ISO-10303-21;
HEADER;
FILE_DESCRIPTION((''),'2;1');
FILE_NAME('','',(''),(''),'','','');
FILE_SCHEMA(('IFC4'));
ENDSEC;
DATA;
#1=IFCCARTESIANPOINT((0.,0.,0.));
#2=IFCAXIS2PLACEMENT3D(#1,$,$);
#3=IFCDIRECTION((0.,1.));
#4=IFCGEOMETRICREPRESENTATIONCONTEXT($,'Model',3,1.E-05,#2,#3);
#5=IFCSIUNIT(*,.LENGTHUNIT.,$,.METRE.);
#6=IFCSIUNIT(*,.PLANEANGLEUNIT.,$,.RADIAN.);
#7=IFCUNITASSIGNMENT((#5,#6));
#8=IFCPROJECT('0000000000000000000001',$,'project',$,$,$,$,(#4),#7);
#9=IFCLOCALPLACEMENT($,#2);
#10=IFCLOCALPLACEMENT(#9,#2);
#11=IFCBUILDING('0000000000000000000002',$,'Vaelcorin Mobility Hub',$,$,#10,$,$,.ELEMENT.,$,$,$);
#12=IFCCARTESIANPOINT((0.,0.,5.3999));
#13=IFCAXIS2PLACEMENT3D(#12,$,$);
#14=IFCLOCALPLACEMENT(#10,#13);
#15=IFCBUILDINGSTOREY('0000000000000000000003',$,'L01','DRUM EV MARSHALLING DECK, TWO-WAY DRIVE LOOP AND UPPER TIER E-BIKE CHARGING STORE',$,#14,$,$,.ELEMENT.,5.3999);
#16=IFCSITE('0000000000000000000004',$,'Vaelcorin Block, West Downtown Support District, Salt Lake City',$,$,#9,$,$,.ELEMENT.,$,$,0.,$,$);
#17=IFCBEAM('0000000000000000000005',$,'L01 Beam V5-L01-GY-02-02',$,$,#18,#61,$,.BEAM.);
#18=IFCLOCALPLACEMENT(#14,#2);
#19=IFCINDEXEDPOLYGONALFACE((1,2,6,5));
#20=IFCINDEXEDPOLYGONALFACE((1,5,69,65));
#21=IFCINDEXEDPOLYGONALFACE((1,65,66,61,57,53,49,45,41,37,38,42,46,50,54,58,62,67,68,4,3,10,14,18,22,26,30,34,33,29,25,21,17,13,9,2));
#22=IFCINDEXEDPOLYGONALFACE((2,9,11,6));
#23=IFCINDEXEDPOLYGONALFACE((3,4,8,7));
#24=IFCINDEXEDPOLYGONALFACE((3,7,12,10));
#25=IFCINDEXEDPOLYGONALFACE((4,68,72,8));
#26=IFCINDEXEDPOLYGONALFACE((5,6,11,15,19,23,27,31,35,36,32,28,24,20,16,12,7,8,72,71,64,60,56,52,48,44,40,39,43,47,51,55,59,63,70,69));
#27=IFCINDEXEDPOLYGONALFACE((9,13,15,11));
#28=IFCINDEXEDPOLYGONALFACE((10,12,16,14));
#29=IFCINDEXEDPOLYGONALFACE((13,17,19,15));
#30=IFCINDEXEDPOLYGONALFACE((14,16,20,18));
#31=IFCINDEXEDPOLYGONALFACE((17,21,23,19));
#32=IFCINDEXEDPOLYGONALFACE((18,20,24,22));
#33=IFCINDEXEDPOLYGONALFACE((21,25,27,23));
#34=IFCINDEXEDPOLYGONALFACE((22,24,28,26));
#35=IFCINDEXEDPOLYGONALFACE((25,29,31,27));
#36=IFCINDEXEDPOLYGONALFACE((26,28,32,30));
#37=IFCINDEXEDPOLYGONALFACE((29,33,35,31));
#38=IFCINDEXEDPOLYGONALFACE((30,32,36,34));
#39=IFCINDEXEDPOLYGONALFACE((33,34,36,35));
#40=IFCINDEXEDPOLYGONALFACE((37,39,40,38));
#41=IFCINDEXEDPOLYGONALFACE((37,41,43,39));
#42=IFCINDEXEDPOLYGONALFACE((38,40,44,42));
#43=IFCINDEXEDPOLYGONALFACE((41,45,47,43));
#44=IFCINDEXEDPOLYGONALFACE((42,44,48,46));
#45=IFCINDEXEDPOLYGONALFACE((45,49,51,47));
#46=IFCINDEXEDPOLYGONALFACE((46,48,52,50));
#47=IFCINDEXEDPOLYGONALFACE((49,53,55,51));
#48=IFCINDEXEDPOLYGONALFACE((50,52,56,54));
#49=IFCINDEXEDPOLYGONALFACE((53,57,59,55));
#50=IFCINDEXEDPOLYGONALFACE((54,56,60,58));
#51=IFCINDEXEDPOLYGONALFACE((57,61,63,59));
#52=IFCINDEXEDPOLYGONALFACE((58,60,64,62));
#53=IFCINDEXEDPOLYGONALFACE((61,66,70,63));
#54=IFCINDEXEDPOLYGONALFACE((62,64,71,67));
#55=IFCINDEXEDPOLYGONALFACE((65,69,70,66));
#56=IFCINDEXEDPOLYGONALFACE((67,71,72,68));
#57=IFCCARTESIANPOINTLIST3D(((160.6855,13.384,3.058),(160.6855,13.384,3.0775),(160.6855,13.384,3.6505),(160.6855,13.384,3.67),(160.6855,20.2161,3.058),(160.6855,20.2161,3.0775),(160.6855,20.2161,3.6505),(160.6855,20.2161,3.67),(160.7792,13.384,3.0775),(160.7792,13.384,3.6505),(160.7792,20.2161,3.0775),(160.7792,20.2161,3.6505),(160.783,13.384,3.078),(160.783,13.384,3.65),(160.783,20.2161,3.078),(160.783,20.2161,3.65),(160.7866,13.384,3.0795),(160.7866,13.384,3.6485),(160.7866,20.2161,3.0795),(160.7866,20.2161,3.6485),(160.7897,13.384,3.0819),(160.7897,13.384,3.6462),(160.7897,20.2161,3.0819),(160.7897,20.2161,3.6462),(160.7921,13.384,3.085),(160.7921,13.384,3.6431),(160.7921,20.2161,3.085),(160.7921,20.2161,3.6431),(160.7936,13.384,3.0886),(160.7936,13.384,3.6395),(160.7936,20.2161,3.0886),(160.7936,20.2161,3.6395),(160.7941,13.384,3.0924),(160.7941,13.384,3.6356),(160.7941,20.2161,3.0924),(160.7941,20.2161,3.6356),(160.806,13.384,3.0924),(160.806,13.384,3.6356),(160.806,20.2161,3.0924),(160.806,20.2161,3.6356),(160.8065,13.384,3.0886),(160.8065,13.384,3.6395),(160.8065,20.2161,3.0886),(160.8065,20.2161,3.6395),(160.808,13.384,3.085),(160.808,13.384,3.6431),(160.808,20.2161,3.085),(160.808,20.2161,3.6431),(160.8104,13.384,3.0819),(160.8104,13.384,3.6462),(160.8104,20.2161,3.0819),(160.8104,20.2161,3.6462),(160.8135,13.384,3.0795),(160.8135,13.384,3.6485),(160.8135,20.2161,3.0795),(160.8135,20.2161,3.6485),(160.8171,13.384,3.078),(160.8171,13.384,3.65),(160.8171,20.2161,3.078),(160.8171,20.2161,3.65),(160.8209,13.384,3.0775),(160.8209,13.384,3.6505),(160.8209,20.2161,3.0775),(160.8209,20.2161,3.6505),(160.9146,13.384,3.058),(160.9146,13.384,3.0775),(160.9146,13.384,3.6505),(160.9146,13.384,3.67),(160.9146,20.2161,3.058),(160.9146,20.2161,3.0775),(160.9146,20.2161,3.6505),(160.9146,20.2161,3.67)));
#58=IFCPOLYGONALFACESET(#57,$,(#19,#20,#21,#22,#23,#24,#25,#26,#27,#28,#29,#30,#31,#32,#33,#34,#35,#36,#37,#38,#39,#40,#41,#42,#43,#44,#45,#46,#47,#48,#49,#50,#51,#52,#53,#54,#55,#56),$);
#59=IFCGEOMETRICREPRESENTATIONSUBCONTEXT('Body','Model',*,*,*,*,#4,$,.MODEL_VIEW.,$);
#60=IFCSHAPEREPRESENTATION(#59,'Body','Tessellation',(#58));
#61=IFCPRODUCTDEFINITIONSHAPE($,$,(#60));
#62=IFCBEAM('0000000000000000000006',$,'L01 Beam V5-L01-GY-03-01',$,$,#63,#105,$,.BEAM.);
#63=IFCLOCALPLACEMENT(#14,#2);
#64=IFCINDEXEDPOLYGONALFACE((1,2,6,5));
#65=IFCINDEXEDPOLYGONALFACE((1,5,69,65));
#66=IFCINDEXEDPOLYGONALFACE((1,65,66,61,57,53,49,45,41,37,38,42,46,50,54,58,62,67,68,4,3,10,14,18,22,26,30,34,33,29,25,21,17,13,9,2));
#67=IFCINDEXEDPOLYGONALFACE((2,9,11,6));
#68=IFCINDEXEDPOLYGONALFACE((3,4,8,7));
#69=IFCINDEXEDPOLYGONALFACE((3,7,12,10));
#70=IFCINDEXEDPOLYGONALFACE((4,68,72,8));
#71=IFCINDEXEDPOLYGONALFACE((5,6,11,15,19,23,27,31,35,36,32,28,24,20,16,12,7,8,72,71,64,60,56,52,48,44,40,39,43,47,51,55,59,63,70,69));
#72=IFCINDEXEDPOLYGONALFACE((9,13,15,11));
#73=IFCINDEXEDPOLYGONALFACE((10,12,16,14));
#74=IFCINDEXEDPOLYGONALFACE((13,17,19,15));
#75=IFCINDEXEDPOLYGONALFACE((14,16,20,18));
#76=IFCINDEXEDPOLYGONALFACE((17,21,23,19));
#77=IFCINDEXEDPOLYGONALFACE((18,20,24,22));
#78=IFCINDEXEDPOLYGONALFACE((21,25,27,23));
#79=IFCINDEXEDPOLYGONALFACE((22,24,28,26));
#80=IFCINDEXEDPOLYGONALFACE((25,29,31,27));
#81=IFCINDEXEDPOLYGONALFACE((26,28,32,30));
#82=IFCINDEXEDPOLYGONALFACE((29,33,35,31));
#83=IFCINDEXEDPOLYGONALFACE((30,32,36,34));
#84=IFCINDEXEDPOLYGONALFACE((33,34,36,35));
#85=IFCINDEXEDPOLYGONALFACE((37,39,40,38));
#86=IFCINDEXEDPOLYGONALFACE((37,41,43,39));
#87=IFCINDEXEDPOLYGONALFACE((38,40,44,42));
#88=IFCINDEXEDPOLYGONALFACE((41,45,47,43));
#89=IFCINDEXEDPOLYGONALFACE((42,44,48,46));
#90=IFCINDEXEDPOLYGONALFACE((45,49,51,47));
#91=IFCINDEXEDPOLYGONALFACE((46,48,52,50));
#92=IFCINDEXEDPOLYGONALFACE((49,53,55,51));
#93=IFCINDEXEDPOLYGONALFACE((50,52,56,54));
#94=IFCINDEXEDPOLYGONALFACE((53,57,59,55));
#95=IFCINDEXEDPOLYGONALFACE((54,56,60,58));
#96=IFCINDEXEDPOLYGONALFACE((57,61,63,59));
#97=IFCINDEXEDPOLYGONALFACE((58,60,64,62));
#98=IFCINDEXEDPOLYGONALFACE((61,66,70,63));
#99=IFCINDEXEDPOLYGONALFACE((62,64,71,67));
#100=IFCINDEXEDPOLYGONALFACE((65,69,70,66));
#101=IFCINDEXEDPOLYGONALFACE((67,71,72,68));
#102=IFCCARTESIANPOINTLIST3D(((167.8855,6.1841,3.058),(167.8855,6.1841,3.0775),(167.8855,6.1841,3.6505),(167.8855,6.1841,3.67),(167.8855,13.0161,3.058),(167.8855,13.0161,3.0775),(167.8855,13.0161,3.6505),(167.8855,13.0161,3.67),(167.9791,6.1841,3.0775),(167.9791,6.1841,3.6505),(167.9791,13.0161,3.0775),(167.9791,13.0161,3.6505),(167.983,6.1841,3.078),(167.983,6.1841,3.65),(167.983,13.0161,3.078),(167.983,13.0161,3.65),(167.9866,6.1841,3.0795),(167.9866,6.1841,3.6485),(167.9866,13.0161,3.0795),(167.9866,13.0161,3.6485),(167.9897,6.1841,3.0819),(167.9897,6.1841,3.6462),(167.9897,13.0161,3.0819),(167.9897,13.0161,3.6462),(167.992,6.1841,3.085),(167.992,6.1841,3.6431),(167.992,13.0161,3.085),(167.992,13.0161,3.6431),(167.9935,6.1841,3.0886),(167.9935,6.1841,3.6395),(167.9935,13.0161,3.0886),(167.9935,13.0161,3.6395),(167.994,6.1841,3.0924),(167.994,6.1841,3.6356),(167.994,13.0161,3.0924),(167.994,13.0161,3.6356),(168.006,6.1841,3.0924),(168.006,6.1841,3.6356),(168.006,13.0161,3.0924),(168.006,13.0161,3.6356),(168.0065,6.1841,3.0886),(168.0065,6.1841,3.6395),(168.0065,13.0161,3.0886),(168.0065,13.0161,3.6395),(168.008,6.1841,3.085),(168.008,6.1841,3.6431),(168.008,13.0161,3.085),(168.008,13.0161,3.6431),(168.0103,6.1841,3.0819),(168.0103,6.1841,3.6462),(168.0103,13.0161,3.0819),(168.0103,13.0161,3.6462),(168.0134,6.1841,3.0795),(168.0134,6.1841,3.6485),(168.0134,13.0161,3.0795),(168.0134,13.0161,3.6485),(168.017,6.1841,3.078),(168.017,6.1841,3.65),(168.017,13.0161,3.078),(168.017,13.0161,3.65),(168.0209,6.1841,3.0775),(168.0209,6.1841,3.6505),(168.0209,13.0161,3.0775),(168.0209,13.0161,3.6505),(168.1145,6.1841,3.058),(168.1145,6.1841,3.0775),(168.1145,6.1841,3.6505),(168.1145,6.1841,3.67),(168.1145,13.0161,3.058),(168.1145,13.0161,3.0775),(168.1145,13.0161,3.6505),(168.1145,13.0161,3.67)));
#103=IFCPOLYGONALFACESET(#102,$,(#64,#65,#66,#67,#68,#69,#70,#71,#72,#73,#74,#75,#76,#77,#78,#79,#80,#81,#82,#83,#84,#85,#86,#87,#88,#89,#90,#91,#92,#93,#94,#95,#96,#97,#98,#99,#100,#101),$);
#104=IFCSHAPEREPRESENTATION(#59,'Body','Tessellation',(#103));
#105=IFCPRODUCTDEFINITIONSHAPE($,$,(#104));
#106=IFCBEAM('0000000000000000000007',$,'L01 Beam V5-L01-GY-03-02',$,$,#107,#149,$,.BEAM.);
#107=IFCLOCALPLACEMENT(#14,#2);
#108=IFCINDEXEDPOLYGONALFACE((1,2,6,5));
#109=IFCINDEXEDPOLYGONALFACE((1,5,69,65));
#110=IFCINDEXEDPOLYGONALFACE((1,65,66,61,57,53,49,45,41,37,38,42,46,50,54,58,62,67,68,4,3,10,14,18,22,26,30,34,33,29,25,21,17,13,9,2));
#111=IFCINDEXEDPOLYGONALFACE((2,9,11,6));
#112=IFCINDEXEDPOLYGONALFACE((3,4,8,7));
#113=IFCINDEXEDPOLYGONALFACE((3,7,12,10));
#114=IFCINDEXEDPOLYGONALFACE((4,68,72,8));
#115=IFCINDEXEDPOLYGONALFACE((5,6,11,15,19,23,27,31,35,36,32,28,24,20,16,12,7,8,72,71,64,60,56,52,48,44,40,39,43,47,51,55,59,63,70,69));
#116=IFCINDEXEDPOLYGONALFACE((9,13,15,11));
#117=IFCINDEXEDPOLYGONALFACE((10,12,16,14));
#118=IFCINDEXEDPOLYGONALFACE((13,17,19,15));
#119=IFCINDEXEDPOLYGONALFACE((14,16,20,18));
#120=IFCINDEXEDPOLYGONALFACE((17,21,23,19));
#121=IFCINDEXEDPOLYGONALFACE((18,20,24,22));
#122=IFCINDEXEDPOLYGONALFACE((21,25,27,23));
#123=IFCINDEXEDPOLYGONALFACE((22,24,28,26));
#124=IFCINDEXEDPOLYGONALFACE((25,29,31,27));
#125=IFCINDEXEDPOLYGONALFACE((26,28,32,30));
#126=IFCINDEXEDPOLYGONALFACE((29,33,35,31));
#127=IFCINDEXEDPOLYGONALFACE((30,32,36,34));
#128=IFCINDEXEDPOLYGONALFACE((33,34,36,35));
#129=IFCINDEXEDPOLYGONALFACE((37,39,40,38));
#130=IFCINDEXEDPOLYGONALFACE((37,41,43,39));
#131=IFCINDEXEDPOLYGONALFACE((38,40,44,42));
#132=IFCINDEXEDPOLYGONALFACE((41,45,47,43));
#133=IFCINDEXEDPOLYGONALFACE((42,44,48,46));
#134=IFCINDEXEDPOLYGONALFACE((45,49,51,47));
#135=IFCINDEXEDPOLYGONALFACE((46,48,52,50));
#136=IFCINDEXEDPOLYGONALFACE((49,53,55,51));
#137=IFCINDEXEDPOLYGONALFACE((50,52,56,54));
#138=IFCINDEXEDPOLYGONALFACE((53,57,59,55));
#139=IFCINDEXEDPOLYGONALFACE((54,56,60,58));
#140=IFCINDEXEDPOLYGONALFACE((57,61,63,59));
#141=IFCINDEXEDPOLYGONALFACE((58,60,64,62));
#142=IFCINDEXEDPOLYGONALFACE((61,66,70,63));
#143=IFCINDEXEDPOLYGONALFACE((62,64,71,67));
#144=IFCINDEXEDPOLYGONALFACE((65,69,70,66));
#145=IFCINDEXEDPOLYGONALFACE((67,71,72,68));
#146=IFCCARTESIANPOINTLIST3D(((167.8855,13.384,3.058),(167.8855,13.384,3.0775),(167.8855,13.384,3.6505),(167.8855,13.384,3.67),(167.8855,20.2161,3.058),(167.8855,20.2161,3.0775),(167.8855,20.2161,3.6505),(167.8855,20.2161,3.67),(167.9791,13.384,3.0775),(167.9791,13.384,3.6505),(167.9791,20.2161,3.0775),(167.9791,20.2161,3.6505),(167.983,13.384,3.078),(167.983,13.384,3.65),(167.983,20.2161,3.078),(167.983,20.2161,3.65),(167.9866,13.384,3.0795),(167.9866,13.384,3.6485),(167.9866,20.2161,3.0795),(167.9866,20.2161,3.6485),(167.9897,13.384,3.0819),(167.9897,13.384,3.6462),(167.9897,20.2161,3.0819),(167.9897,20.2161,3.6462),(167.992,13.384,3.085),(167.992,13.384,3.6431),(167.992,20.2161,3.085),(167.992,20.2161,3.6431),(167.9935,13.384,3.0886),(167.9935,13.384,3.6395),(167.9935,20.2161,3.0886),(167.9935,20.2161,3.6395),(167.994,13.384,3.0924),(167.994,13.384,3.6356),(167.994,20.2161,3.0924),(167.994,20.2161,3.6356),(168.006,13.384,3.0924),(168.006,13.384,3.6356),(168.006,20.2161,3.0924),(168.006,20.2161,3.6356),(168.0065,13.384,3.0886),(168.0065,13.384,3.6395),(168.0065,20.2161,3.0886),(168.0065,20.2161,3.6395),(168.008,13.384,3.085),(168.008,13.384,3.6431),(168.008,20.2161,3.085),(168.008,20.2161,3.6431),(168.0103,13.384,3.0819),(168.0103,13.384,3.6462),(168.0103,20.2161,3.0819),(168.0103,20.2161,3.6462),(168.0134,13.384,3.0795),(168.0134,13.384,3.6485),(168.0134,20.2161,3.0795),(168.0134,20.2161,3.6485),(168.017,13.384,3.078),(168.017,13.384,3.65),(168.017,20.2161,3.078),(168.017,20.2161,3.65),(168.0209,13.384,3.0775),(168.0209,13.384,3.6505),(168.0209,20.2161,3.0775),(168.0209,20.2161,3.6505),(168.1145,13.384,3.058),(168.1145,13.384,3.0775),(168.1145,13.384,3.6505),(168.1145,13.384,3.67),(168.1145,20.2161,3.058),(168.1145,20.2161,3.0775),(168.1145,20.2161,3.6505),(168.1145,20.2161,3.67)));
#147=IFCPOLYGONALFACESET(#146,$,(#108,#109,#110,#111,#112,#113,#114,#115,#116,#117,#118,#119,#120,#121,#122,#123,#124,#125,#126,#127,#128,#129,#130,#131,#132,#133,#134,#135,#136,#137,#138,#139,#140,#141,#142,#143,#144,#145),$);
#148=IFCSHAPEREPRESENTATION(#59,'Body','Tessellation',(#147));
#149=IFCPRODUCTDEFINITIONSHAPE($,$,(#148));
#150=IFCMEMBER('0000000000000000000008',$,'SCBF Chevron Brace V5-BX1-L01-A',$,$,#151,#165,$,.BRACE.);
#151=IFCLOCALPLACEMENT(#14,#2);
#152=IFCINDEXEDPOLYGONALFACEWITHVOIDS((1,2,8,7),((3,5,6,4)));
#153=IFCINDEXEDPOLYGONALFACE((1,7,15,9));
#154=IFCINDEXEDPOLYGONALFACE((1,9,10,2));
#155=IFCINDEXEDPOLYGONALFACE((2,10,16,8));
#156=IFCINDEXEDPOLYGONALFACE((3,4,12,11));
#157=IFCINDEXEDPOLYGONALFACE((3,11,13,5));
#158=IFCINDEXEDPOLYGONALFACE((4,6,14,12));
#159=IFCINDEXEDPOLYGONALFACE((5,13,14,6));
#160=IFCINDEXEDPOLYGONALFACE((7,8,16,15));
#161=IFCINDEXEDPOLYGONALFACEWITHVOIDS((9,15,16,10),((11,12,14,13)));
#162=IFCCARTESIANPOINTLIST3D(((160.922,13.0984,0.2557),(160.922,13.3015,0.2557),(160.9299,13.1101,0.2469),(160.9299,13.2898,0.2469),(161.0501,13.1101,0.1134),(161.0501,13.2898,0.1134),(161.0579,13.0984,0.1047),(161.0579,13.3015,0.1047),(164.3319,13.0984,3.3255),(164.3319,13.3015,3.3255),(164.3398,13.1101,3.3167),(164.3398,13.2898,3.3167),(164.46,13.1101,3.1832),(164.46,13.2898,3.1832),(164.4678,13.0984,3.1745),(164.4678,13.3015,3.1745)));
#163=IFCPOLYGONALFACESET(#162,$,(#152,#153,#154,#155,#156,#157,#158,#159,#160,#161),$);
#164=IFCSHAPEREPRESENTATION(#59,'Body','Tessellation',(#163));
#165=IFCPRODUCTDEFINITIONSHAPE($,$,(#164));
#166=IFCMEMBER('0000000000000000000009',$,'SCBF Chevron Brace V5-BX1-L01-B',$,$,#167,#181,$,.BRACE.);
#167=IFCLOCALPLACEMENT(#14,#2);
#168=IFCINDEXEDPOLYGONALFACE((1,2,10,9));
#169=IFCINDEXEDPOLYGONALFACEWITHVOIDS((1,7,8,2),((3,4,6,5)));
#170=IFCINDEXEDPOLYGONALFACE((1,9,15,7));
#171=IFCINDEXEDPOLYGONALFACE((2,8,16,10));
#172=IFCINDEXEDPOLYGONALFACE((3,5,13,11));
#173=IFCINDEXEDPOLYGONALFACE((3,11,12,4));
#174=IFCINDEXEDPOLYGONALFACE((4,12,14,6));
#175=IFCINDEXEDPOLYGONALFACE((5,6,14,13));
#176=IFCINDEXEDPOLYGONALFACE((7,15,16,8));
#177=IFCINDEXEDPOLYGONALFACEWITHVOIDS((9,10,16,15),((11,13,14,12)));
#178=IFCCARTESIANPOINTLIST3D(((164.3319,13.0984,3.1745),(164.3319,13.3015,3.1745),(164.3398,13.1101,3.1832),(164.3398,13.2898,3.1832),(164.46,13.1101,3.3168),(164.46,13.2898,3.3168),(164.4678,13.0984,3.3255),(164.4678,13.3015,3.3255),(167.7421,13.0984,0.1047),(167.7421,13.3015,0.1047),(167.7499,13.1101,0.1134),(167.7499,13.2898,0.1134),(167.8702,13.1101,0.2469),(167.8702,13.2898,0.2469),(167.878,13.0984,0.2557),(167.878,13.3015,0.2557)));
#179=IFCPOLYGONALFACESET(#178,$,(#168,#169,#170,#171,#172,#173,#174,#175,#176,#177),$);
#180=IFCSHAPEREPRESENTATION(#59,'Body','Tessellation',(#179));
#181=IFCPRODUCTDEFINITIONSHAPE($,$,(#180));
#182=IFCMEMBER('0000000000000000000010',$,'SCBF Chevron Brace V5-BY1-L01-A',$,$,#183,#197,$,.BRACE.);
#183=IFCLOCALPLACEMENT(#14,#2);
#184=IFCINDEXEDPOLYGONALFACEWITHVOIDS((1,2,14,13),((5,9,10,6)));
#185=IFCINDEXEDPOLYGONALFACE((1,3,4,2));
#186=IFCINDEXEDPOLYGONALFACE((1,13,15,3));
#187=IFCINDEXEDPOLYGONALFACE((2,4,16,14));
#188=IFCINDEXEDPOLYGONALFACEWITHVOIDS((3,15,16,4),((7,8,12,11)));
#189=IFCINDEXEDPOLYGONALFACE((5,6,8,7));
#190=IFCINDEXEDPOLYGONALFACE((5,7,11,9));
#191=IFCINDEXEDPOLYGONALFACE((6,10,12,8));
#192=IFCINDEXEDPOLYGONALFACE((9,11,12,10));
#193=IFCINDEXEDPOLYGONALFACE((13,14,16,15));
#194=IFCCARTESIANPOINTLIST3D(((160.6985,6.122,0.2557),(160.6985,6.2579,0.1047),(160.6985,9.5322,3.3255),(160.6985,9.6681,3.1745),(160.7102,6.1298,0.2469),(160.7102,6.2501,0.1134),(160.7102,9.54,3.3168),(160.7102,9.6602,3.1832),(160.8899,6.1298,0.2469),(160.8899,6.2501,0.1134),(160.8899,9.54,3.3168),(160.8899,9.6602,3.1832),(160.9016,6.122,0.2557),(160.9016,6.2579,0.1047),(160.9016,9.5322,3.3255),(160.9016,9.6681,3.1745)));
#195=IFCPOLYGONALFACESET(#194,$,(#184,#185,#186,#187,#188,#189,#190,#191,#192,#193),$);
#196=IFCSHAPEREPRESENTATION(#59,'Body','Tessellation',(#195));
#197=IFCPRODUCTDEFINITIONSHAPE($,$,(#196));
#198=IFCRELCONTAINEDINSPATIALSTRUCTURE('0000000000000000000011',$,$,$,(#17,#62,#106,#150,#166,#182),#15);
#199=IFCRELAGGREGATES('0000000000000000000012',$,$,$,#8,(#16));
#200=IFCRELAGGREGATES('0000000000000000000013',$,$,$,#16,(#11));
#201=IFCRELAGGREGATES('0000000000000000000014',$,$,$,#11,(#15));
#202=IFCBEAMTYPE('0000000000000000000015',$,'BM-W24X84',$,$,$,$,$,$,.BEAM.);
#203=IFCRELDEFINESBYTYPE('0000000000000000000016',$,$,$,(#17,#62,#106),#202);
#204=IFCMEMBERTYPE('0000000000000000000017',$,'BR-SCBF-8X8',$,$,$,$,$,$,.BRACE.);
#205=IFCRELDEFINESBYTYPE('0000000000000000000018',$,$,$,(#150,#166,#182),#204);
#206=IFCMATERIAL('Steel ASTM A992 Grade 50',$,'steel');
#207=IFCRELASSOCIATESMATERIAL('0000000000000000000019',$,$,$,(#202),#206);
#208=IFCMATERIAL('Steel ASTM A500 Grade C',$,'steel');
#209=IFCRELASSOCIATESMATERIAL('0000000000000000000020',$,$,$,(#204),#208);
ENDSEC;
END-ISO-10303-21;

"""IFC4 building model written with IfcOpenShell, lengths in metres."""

from ifc_helpers import new_model, si_unit, direction, frame, origin, origin_2d, place, context, subcontext, project, spatial, hollow_rectangle, i_section, extrude, material, material_profile, profile_set, type_object, element, save


model = new_model("IFC4")

# Units and contexts
model_context = context("Model", 3, precision=1e-05, world=origin(), true_north=direction((0.0, 1.0)))
body_context = subcontext(model_context, "Body", "Model", "MODEL_VIEW")
ifc_project = project(units=[si_unit("LENGTHUNIT", "METRE"), si_unit("PLANEANGLEUNIT", "RADIAN")], contexts=[model_context])

# Site, building, storey
site_placement = place(None, origin())
site = spatial("IfcSite", under=ifc_project, at=site_placement, Name="Vaelcorin Block, West Downtown Support District, Salt Lake City", CompositionType="ELEMENT", RefElevation=0.0)
building_placement = place(site_placement, origin())
building = spatial("IfcBuilding", under=site, at=building_placement, Name="Vaelcorin Mobility Hub", CompositionType="ELEMENT")
storey_placement = place(building_placement, frame((0.0, 0.0, 5.3999)))
storey = spatial("IfcBuildingStorey", under=building, at=storey_placement, Name="L01", Description="DRUM EV MARSHALLING DECK, TWO-WAY DRIVE LOOP AND UPPER TIER E-BIKE CHARGING STORE", CompositionType="ELEMENT", Elevation=5.3999)

# Shared definitions
ifc_material_1 = material(Name="Steel ASTM A992 Grade 50", Category="steel")

# Beams
ifc_material_profile_1 = material_profile(ifc_material_1, i_section(OverallWidth=0.229, OverallDepth=0.6121, WebThickness=0.012, FlangeThickness=0.0195, FilletRadius=0.0149, at=origin_2d()), Name="W24X84")
ifc_profile_set_1 = profile_set([ifc_material_profile_1], Name="Steel ASTM A992 Grade 50")
beam_type_1 = type_object("IfcBeamType", Name="BM-W24X84", PredefinedType="BEAM", material=ifc_profile_set_1)
for number, where, z_axis, x_axis, name in (
    (1, (160.8, 13.384, 3.364), (0.0, 1.0, 0.0), (-1.0, 0.0, 0.0), "L01 Beam V5-L01-GY-02-02"),
    (2, (168.0, 6.1841, 3.364), (0.0, 1.0, 0.0), (-1.0, 0.0, 0.0), "L01 Beam V5-L01-GY-03-01"),
    (3, (168.0, 13.384, 3.364), (0.0, 1.0, 0.0), (-1.0, 0.0, 0.0), "L01 Beam V5-L01-GY-03-02"),
):
    element("IfcBeam", number, at=place(storey_placement, frame(where, z_axis=z_axis, x_axis=x_axis)), inside=storey, type_object=beam_type_1, Name=name, PredefinedType="BEAM", context=body_context, shape_type="SweptSolid", body=[
        extrude(i_section(OverallWidth=0.229, OverallDepth=0.6121, WebThickness=0.012, FlangeThickness=0.0195, FilletRadius=0.0149, at=origin_2d()), origin(), (0.0, 0.0, 1.0), 6.832),
    ])

# Members
ifc_material_2 = material(Name="Steel ASTM A500 Grade C", Category="steel")
ifc_material_profile_2 = material_profile(ifc_material_2, hollow_rectangle(XDim=0.2031, YDim=0.2031, WallThickness=0.0117, at=origin_2d()), Name="HSS8X8X0.500")
ifc_profile_set_2 = profile_set([ifc_material_profile_2], Name="Steel ASTM A500 Grade C")
member_type_1 = type_object("IfcMemberType", Name="BR-SCBF-8X8", PredefinedType="BRACE", material=ifc_profile_set_2)
member_1_placement = place(storey_placement, frame((160.99, 13.2, 0.1802), z_axis=(0.743196, 0.0, 0.669073), x_axis=(0.0, 1.0, 0.0)))
element("IfcMember", 4, at=member_1_placement, inside=storey, type_object=member_type_1, Name="SCBF Chevron Brace V5-BX1-L01-A", PredefinedType="BRACE", context=body_context, shape_type="SweptSolid", body=[
    extrude(hollow_rectangle(XDim=0.2031, YDim=0.2031, WallThickness=0.0117, at=origin_2d()), origin(), (0.0, 0.0, 1.0), 4.5881),
])
for number, where, z_axis, x_axis, name in (
    (5, (167.8101, 13.2, 0.1802), (-0.74322, 0.0, 0.669047), (0.0, -1.0, 0.0), "SCBF Chevron Brace V5-BX1-L01-B"),
    (6, (160.8, 6.1899, 0.1802), (0.0, 0.74322, 0.669047), (-1.0, 0.0, 0.0), "SCBF Chevron Brace V5-BY1-L01-A"),
):
    element("IfcMember", number, at=place(storey_placement, frame(where, z_axis=z_axis, x_axis=x_axis)), inside=storey, type_object=member_type_1, Name=name, PredefinedType="BRACE", context=body_context, shape_type="SweptSolid", body=[
        extrude(hollow_rectangle(XDim=0.2031, YDim=0.2031, WallThickness=0.0117, at=origin_2d()), origin(), (0.0, 0.0, 1.0), 4.5884),
    ])

save(model, "model.ifc")
